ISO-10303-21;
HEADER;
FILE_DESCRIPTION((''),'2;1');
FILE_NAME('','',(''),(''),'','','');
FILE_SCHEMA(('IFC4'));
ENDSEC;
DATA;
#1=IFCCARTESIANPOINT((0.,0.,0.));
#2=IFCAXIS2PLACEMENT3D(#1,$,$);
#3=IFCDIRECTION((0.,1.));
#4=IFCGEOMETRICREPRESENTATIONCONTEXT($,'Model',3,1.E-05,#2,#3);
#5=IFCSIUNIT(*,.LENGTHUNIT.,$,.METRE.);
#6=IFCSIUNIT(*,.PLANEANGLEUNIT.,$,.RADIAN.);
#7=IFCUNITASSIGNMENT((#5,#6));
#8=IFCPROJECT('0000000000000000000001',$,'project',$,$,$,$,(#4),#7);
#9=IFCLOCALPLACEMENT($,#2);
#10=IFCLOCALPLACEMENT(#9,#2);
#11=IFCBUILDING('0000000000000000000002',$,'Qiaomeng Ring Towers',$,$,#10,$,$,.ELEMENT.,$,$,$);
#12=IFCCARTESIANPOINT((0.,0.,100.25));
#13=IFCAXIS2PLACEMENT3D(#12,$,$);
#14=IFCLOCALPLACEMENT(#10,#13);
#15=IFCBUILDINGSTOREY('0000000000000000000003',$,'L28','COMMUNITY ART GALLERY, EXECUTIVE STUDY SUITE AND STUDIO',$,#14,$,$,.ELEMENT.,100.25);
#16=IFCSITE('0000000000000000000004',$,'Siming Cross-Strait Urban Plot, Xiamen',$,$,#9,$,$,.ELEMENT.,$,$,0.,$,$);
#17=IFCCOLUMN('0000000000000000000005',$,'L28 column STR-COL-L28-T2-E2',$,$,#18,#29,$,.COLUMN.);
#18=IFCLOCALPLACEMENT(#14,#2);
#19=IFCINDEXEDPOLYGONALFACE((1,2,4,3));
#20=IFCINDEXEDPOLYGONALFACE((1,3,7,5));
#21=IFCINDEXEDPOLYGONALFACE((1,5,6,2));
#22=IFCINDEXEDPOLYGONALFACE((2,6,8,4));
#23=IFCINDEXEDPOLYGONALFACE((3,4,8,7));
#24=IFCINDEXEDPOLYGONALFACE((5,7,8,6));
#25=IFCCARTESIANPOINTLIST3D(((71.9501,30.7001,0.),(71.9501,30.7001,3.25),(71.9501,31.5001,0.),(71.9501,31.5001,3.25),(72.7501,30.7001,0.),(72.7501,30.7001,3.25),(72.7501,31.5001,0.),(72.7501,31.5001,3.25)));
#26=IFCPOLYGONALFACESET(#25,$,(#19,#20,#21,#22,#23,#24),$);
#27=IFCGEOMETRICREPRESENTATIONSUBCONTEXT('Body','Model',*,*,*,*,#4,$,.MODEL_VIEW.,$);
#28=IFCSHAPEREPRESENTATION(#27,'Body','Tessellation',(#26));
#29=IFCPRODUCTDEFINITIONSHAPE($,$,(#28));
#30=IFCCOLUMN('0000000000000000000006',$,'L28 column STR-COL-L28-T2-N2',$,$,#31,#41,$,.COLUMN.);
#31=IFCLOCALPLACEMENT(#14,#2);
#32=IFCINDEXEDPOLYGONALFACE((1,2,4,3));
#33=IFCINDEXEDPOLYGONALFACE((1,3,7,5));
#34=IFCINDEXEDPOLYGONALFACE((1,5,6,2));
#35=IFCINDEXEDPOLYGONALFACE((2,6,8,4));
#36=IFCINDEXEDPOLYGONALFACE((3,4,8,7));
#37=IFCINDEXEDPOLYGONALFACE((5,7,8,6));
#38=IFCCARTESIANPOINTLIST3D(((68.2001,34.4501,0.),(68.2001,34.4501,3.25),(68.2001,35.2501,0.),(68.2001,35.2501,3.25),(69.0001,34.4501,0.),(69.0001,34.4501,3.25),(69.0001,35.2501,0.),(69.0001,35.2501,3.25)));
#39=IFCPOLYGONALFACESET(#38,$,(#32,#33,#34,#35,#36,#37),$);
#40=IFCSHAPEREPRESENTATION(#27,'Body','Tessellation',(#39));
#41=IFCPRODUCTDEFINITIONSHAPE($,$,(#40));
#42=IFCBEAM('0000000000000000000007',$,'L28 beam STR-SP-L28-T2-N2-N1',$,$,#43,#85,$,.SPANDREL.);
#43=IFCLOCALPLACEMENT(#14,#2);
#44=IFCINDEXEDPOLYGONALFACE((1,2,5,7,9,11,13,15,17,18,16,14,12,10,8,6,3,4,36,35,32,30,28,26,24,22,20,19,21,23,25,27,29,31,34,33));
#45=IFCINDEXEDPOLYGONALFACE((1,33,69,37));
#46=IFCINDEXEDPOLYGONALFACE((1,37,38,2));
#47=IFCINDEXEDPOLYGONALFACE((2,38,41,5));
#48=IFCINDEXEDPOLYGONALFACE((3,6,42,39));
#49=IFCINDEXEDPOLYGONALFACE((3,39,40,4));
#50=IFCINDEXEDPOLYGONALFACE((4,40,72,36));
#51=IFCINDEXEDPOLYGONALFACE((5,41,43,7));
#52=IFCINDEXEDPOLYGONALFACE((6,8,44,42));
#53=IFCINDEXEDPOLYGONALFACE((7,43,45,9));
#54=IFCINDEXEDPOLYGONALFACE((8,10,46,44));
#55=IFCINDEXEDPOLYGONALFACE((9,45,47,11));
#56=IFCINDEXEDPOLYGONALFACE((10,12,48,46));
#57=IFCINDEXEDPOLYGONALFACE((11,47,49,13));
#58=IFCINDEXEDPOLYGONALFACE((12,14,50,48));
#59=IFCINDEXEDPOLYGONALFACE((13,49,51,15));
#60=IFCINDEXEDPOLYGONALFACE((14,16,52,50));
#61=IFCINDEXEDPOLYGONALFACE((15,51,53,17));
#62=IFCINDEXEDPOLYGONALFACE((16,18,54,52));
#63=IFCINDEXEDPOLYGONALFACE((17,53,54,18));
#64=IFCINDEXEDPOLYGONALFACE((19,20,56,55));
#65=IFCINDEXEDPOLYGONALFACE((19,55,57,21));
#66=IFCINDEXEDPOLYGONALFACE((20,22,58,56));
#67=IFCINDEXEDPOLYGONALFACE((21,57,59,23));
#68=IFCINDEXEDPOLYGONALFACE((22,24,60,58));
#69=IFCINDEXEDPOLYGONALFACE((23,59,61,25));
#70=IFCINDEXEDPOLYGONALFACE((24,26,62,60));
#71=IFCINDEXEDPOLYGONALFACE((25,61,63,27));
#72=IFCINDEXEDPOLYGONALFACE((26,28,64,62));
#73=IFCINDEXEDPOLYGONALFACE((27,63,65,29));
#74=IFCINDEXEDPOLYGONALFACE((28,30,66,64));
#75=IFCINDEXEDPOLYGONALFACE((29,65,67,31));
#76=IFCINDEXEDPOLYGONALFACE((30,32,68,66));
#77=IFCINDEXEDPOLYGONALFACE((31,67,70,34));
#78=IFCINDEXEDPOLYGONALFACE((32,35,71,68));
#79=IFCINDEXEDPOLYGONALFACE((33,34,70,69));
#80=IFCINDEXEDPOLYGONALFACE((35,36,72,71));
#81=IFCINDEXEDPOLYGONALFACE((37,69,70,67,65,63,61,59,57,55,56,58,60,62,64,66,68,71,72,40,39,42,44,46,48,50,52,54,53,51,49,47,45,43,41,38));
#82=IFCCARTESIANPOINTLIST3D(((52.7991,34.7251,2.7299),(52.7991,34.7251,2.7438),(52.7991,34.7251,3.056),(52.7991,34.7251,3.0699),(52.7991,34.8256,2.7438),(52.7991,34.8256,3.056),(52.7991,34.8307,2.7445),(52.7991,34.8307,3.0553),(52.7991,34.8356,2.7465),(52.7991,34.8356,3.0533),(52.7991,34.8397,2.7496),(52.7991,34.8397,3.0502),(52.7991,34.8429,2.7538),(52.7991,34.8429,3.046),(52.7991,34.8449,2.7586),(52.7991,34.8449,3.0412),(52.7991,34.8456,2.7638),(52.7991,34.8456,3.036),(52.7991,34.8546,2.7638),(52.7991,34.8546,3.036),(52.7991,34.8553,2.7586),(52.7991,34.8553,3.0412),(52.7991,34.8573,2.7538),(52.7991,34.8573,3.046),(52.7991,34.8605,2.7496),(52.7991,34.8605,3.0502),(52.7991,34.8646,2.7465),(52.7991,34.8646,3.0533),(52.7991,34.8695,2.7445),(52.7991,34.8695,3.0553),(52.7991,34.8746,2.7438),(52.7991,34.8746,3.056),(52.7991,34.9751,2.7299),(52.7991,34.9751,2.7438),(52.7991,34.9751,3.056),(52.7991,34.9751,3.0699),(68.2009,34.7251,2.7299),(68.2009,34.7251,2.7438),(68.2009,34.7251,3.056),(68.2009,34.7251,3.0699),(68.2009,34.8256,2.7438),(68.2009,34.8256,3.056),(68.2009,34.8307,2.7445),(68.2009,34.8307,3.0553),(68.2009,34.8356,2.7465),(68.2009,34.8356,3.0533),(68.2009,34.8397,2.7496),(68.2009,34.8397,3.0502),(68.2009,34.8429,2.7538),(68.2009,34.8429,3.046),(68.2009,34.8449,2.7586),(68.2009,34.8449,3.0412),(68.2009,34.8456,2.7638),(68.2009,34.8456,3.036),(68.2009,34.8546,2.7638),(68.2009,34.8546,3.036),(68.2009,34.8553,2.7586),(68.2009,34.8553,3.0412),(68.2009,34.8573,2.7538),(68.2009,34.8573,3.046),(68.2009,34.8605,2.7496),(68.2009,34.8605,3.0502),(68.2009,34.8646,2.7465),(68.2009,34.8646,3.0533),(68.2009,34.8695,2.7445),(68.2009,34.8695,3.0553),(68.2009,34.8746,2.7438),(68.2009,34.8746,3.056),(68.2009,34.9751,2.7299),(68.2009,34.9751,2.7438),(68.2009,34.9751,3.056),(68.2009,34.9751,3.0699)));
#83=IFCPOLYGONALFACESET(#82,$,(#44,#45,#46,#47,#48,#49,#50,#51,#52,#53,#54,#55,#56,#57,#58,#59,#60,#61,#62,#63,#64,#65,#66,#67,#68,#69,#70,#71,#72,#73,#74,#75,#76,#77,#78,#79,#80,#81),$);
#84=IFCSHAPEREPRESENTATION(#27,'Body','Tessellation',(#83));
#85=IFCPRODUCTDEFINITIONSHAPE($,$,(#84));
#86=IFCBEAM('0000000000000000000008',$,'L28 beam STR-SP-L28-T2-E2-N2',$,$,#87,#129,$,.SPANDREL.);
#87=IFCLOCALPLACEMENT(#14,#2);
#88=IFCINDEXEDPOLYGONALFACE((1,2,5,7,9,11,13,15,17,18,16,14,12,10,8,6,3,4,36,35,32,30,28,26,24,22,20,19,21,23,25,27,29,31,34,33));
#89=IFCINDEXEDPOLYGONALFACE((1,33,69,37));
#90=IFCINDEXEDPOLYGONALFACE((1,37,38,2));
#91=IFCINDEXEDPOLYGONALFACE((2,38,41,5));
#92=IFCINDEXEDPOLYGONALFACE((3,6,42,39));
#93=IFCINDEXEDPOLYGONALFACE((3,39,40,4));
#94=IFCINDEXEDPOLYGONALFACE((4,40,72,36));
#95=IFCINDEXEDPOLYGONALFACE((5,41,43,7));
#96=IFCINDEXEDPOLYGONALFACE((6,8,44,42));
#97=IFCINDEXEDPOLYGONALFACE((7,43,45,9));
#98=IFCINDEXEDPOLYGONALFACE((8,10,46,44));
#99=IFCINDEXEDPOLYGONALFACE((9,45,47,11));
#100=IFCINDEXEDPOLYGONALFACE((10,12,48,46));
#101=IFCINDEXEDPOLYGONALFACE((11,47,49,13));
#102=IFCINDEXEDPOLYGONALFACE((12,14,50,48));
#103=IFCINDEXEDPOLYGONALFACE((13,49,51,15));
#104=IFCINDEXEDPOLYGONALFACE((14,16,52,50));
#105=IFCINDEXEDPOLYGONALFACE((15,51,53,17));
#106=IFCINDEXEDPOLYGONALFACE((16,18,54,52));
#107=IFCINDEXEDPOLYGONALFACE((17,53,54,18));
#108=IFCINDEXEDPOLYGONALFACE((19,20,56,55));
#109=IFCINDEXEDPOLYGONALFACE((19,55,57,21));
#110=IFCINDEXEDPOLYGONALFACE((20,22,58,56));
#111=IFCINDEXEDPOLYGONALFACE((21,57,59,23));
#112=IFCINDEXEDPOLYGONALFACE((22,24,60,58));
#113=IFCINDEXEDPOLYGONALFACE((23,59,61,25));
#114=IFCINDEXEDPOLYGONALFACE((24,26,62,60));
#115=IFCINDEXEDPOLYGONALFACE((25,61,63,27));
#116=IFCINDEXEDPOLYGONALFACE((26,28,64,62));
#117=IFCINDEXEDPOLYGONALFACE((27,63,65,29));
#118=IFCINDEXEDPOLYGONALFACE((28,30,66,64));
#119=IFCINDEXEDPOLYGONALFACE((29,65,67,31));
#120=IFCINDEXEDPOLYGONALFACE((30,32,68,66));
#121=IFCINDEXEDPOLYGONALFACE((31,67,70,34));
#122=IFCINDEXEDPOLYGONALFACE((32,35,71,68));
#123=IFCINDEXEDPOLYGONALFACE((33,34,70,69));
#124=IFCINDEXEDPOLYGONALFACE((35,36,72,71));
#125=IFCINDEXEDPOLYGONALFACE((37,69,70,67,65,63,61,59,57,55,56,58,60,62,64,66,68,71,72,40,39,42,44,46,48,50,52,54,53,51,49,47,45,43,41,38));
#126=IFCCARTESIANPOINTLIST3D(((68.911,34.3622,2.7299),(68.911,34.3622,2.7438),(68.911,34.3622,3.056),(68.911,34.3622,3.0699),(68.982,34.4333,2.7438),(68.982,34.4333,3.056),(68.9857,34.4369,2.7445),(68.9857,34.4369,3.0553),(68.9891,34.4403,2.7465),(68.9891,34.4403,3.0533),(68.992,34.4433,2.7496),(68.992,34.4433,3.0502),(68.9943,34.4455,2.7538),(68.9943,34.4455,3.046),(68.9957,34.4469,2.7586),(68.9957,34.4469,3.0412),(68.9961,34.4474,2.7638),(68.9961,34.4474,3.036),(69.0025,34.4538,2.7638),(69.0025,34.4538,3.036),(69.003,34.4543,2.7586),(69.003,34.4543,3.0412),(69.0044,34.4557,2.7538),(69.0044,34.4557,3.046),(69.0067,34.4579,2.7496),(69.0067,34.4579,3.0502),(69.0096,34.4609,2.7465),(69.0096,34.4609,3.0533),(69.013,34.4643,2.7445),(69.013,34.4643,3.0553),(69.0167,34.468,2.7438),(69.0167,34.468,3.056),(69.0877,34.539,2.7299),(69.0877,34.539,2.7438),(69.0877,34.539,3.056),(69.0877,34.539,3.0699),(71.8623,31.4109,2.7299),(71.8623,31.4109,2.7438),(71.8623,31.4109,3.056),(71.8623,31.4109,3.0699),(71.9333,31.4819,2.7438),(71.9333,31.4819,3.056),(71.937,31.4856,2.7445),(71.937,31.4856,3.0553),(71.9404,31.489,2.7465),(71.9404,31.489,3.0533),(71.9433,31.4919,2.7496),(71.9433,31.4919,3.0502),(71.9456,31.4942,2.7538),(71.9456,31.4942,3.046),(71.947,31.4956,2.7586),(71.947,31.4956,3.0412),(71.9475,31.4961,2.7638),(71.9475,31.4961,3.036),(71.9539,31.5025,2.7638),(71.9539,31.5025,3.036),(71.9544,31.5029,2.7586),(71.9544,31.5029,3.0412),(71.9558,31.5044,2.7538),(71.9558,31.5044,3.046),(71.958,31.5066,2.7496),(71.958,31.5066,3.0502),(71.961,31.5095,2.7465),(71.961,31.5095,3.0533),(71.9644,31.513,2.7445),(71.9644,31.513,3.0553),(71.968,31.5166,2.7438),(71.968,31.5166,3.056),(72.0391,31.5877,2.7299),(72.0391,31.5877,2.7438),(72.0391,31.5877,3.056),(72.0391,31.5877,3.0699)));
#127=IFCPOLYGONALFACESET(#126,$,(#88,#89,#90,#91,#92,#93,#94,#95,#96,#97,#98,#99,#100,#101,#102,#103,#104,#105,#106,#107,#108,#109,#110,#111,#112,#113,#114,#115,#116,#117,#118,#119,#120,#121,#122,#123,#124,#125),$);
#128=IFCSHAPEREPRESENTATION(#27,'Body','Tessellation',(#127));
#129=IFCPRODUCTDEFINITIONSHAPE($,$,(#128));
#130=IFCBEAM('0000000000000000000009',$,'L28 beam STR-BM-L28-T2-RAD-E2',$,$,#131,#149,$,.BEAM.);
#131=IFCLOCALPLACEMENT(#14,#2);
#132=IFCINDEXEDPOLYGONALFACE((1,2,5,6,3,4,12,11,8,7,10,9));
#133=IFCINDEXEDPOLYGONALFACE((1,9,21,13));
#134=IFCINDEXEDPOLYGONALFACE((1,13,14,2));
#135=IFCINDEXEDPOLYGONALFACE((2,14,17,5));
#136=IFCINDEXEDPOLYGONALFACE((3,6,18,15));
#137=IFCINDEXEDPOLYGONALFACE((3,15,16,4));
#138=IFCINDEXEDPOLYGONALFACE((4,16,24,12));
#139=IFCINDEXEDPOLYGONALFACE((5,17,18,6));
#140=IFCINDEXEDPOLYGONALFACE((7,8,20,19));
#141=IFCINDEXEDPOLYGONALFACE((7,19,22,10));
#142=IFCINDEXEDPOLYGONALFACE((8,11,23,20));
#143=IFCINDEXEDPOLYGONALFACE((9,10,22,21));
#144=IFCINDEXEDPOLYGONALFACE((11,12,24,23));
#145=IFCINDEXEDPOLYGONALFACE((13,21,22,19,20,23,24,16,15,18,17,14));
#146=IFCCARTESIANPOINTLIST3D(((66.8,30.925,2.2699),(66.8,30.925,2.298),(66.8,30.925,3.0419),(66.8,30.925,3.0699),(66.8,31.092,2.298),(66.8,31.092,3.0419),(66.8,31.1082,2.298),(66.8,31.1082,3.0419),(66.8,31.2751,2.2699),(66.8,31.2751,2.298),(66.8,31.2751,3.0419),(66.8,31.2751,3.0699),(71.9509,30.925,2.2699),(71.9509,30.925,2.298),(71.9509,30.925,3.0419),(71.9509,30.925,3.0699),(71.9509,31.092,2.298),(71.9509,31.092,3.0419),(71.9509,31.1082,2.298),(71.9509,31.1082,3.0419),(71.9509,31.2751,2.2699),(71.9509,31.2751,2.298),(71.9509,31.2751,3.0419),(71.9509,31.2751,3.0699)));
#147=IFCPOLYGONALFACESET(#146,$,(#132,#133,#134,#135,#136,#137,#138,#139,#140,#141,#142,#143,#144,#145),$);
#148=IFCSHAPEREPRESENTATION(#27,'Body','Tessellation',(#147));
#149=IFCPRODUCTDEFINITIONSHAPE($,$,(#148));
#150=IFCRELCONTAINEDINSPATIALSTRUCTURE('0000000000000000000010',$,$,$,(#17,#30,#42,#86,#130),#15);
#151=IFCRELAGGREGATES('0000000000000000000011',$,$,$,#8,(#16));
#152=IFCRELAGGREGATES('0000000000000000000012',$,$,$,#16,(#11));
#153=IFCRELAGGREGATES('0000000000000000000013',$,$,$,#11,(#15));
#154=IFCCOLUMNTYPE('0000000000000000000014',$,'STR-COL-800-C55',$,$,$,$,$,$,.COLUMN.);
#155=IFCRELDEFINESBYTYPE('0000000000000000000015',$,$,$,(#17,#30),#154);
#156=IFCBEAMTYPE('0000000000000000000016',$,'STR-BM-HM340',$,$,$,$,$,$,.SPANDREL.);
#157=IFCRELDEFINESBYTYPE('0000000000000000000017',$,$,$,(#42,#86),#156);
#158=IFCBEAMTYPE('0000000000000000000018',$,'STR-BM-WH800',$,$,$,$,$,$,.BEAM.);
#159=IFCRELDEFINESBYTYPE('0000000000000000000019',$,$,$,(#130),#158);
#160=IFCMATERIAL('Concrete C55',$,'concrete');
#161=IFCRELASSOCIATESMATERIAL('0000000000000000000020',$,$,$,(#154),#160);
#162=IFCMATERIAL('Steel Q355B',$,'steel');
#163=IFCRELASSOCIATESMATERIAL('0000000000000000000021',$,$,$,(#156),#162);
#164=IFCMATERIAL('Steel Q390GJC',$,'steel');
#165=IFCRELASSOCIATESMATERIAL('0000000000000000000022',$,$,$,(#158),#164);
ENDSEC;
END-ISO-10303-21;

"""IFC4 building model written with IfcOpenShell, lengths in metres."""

from ifc_helpers import new_model, si_unit, direction, frame, origin, origin_2d, place, context, subcontext, project, spatial, rectangle, i_section, extrude, source, transform, mapped, material, material_profile, profile_set, type_object, element, save


model = new_model("IFC4")

# Units and contexts
model_context = context("Model", 3, precision=1e-05, world=origin(), true_north=direction((0.0, 1.0)))
body_context = subcontext(model_context, "Body", "Model", "MODEL_VIEW")
ifc_project = project(units=[si_unit("LENGTHUNIT", "METRE"), si_unit("PLANEANGLEUNIT", "RADIAN")], contexts=[model_context])

# Site, building, storey
site_placement = place(None, origin())
site = spatial("IfcSite", under=ifc_project, at=site_placement, Name="Siming Cross-Strait Urban Plot, Xiamen", CompositionType="ELEMENT", RefElevation=0.0)
building_placement = place(site_placement, origin())
building = spatial("IfcBuilding", under=site, at=building_placement, Name="Qiaomeng Ring Towers", CompositionType="ELEMENT")
storey_placement = place(building_placement, frame((0.0, 0.0, 100.25)))
storey = spatial("IfcBuildingStorey", under=building, at=storey_placement, Name="L28", Description="COMMUNITY ART GALLERY, EXECUTIVE STUDY SUITE AND STUDIO", CompositionType="ELEMENT", Elevation=100.25)

# Columns
ifc_material_1 = material(Name="Concrete C55", Category="concrete")
ifc_material_profile_1 = material_profile(ifc_material_1, rectangle(XDim=0.8, YDim=0.8, at=origin_2d()), Name="RC COL 800x800")
ifc_profile_set_1 = profile_set([ifc_material_profile_1], Name="Concrete C55")
column_type = type_object("IfcColumnType", Name="STR-COL-800-C55", PredefinedType="COLUMN", material=ifc_profile_set_1)
shared_shape_1 = source(origin(), body_context, "Body", "SweptSolid", [
    extrude(rectangle(XDim=0.8, YDim=0.8, at=origin_2d()), origin(), (0.0, 0.0, 1.0), 3.25),
])
for number, where, z_axis, x_axis, name in (
    (1, (72.3501, 31.1001, 0.0), (0.0, 0.0, 1.0), (1.0, 0.0, 0.0), "L28 column STR-COL-L28-T2-E2"),
    (2, (68.6001, 34.8501, 0.0), (0.0, 0.0, 1.0), (1.0, 0.0, 0.0), "L28 column STR-COL-L28-T2-N2"),
):
    element("IfcColumn", number, at=place(storey_placement, frame(where, z_axis=z_axis, x_axis=x_axis)), inside=storey, type_object=column_type, Name=name, PredefinedType="COLUMN", context=body_context, shape_type="MappedRepresentation", body=[
        mapped(shared_shape_1, transform((0.0, 0.0, 0.0), x_axis=(1.0, 0.0, 0.0), y_axis=(0.0, 1.0, 0.0), z_axis=(0.0, 0.0, 1.0), scale=1.0)),
    ])

# Beams
ifc_material_2 = material(Name="Steel Q355B", Category="steel")
ifc_material_profile_2 = material_profile(ifc_material_2, i_section(OverallWidth=0.25, OverallDepth=0.3401, WebThickness=0.009, FlangeThickness=0.0139, FilletRadius=0.02, at=origin_2d()), Name="HM 340x250x9x14")
ifc_profile_set_2 = profile_set([ifc_material_profile_2], Name="Steel Q355B")
beam_type_1 = type_object("IfcBeamType", Name="STR-BM-HM340", PredefinedType="SPANDREL", material=ifc_profile_set_2)
shared_shape_2 = source(origin(), body_context, "Body", "SweptSolid", [
    extrude(i_section(OverallWidth=0.25, OverallDepth=0.3401, WebThickness=0.009, FlangeThickness=0.0139, FilletRadius=0.02, at=origin_2d()), origin(), (0.0, 0.0, 1.0), 15.4019),
])
beam_1_placement = place(storey_placement, frame((68.2009, 34.8501, 2.8999), z_axis=(-1.0, 0.0, 0.0), x_axis=(0.0, -1.0, 0.0)))
element("IfcBeam", 3, at=beam_1_placement, inside=storey, type_object=beam_type_1, Name="L28 beam STR-SP-L28-T2-N2-N1", PredefinedType="SPANDREL", context=body_context, shape_type="MappedRepresentation", body=[
    mapped(shared_shape_2, transform((0.0, 0.0, 0.0), x_axis=(1.0, 0.0, 0.0), y_axis=(0.0, 1.0, 0.0), z_axis=(0.0, 0.0, 1.0), scale=1.0)),
])
shared_shape_3 = source(origin(), body_context, "Body", "SweptSolid", [
    extrude(i_section(OverallWidth=0.25, OverallDepth=0.3401, WebThickness=0.009, FlangeThickness=0.0139, FilletRadius=0.02, at=origin_2d()), origin(), (0.0, 0.0, 1.0), 4.1738),
])
beam_2_placement = place(storey_placement, frame((71.9507, 31.4993, 2.8999), z_axis=(-0.707107, 0.707107, 0.0), x_axis=(-0.707107, -0.707107, 0.0)))
element("IfcBeam", 4, at=beam_2_placement, inside=storey, type_object=beam_type_1, Name="L28 beam STR-SP-L28-T2-E2-N2", PredefinedType="SPANDREL", context=body_context, shape_type="MappedRepresentation", body=[
    mapped(shared_shape_3, transform((0.0, 0.0, 0.0), x_axis=(1.0, 0.0, 0.0), y_axis=(0.0, 1.0, 0.0), z_axis=(0.0, 0.0, 1.0), scale=1.0)),
])
ifc_material_3 = material(Name="Steel Q390GJC", Category="steel")
ifc_material_profile_3 = material_profile(ifc_material_3, i_section(OverallWidth=0.3501, OverallDepth=0.8, WebThickness=0.0161, FlangeThickness=0.0281, at=origin_2d()), Name="WH 800x350x16x28")
ifc_profile_set_3 = profile_set([ifc_material_profile_3], Name="Steel Q390GJC")
beam_type_2 = type_object("IfcBeamType", Name="STR-BM-WH800", PredefinedType="BEAM", material=ifc_profile_set_3)
shared_shape_4 = source(origin(), body_context, "Body", "SweptSolid", [
    extrude(i_section(OverallWidth=0.3501, OverallDepth=0.8, WebThickness=0.0161, FlangeThickness=0.0281, at=origin_2d()), origin(), (0.0, 0.0, 1.0), 5.1509),
])
beam_3_placement = place(storey_placement, frame((66.8, 31.1001, 2.6699), z_axis=(1.0, 0.0, 0.0), x_axis=(0.0, 1.0, 0.0)))
element("IfcBeam", 5, at=beam_3_placement, inside=storey, type_object=beam_type_2, Name="L28 beam STR-BM-L28-T2-RAD-E2", PredefinedType="BEAM", context=body_context, shape_type="MappedRepresentation", body=[
    mapped(shared_shape_4, transform((0.0, 0.0, 0.0), x_axis=(1.0, 0.0, 0.0), y_axis=(0.0, 1.0, 0.0), z_axis=(0.0, 0.0, 1.0), scale=1.0)),
])

save(model, "model.ifc")
